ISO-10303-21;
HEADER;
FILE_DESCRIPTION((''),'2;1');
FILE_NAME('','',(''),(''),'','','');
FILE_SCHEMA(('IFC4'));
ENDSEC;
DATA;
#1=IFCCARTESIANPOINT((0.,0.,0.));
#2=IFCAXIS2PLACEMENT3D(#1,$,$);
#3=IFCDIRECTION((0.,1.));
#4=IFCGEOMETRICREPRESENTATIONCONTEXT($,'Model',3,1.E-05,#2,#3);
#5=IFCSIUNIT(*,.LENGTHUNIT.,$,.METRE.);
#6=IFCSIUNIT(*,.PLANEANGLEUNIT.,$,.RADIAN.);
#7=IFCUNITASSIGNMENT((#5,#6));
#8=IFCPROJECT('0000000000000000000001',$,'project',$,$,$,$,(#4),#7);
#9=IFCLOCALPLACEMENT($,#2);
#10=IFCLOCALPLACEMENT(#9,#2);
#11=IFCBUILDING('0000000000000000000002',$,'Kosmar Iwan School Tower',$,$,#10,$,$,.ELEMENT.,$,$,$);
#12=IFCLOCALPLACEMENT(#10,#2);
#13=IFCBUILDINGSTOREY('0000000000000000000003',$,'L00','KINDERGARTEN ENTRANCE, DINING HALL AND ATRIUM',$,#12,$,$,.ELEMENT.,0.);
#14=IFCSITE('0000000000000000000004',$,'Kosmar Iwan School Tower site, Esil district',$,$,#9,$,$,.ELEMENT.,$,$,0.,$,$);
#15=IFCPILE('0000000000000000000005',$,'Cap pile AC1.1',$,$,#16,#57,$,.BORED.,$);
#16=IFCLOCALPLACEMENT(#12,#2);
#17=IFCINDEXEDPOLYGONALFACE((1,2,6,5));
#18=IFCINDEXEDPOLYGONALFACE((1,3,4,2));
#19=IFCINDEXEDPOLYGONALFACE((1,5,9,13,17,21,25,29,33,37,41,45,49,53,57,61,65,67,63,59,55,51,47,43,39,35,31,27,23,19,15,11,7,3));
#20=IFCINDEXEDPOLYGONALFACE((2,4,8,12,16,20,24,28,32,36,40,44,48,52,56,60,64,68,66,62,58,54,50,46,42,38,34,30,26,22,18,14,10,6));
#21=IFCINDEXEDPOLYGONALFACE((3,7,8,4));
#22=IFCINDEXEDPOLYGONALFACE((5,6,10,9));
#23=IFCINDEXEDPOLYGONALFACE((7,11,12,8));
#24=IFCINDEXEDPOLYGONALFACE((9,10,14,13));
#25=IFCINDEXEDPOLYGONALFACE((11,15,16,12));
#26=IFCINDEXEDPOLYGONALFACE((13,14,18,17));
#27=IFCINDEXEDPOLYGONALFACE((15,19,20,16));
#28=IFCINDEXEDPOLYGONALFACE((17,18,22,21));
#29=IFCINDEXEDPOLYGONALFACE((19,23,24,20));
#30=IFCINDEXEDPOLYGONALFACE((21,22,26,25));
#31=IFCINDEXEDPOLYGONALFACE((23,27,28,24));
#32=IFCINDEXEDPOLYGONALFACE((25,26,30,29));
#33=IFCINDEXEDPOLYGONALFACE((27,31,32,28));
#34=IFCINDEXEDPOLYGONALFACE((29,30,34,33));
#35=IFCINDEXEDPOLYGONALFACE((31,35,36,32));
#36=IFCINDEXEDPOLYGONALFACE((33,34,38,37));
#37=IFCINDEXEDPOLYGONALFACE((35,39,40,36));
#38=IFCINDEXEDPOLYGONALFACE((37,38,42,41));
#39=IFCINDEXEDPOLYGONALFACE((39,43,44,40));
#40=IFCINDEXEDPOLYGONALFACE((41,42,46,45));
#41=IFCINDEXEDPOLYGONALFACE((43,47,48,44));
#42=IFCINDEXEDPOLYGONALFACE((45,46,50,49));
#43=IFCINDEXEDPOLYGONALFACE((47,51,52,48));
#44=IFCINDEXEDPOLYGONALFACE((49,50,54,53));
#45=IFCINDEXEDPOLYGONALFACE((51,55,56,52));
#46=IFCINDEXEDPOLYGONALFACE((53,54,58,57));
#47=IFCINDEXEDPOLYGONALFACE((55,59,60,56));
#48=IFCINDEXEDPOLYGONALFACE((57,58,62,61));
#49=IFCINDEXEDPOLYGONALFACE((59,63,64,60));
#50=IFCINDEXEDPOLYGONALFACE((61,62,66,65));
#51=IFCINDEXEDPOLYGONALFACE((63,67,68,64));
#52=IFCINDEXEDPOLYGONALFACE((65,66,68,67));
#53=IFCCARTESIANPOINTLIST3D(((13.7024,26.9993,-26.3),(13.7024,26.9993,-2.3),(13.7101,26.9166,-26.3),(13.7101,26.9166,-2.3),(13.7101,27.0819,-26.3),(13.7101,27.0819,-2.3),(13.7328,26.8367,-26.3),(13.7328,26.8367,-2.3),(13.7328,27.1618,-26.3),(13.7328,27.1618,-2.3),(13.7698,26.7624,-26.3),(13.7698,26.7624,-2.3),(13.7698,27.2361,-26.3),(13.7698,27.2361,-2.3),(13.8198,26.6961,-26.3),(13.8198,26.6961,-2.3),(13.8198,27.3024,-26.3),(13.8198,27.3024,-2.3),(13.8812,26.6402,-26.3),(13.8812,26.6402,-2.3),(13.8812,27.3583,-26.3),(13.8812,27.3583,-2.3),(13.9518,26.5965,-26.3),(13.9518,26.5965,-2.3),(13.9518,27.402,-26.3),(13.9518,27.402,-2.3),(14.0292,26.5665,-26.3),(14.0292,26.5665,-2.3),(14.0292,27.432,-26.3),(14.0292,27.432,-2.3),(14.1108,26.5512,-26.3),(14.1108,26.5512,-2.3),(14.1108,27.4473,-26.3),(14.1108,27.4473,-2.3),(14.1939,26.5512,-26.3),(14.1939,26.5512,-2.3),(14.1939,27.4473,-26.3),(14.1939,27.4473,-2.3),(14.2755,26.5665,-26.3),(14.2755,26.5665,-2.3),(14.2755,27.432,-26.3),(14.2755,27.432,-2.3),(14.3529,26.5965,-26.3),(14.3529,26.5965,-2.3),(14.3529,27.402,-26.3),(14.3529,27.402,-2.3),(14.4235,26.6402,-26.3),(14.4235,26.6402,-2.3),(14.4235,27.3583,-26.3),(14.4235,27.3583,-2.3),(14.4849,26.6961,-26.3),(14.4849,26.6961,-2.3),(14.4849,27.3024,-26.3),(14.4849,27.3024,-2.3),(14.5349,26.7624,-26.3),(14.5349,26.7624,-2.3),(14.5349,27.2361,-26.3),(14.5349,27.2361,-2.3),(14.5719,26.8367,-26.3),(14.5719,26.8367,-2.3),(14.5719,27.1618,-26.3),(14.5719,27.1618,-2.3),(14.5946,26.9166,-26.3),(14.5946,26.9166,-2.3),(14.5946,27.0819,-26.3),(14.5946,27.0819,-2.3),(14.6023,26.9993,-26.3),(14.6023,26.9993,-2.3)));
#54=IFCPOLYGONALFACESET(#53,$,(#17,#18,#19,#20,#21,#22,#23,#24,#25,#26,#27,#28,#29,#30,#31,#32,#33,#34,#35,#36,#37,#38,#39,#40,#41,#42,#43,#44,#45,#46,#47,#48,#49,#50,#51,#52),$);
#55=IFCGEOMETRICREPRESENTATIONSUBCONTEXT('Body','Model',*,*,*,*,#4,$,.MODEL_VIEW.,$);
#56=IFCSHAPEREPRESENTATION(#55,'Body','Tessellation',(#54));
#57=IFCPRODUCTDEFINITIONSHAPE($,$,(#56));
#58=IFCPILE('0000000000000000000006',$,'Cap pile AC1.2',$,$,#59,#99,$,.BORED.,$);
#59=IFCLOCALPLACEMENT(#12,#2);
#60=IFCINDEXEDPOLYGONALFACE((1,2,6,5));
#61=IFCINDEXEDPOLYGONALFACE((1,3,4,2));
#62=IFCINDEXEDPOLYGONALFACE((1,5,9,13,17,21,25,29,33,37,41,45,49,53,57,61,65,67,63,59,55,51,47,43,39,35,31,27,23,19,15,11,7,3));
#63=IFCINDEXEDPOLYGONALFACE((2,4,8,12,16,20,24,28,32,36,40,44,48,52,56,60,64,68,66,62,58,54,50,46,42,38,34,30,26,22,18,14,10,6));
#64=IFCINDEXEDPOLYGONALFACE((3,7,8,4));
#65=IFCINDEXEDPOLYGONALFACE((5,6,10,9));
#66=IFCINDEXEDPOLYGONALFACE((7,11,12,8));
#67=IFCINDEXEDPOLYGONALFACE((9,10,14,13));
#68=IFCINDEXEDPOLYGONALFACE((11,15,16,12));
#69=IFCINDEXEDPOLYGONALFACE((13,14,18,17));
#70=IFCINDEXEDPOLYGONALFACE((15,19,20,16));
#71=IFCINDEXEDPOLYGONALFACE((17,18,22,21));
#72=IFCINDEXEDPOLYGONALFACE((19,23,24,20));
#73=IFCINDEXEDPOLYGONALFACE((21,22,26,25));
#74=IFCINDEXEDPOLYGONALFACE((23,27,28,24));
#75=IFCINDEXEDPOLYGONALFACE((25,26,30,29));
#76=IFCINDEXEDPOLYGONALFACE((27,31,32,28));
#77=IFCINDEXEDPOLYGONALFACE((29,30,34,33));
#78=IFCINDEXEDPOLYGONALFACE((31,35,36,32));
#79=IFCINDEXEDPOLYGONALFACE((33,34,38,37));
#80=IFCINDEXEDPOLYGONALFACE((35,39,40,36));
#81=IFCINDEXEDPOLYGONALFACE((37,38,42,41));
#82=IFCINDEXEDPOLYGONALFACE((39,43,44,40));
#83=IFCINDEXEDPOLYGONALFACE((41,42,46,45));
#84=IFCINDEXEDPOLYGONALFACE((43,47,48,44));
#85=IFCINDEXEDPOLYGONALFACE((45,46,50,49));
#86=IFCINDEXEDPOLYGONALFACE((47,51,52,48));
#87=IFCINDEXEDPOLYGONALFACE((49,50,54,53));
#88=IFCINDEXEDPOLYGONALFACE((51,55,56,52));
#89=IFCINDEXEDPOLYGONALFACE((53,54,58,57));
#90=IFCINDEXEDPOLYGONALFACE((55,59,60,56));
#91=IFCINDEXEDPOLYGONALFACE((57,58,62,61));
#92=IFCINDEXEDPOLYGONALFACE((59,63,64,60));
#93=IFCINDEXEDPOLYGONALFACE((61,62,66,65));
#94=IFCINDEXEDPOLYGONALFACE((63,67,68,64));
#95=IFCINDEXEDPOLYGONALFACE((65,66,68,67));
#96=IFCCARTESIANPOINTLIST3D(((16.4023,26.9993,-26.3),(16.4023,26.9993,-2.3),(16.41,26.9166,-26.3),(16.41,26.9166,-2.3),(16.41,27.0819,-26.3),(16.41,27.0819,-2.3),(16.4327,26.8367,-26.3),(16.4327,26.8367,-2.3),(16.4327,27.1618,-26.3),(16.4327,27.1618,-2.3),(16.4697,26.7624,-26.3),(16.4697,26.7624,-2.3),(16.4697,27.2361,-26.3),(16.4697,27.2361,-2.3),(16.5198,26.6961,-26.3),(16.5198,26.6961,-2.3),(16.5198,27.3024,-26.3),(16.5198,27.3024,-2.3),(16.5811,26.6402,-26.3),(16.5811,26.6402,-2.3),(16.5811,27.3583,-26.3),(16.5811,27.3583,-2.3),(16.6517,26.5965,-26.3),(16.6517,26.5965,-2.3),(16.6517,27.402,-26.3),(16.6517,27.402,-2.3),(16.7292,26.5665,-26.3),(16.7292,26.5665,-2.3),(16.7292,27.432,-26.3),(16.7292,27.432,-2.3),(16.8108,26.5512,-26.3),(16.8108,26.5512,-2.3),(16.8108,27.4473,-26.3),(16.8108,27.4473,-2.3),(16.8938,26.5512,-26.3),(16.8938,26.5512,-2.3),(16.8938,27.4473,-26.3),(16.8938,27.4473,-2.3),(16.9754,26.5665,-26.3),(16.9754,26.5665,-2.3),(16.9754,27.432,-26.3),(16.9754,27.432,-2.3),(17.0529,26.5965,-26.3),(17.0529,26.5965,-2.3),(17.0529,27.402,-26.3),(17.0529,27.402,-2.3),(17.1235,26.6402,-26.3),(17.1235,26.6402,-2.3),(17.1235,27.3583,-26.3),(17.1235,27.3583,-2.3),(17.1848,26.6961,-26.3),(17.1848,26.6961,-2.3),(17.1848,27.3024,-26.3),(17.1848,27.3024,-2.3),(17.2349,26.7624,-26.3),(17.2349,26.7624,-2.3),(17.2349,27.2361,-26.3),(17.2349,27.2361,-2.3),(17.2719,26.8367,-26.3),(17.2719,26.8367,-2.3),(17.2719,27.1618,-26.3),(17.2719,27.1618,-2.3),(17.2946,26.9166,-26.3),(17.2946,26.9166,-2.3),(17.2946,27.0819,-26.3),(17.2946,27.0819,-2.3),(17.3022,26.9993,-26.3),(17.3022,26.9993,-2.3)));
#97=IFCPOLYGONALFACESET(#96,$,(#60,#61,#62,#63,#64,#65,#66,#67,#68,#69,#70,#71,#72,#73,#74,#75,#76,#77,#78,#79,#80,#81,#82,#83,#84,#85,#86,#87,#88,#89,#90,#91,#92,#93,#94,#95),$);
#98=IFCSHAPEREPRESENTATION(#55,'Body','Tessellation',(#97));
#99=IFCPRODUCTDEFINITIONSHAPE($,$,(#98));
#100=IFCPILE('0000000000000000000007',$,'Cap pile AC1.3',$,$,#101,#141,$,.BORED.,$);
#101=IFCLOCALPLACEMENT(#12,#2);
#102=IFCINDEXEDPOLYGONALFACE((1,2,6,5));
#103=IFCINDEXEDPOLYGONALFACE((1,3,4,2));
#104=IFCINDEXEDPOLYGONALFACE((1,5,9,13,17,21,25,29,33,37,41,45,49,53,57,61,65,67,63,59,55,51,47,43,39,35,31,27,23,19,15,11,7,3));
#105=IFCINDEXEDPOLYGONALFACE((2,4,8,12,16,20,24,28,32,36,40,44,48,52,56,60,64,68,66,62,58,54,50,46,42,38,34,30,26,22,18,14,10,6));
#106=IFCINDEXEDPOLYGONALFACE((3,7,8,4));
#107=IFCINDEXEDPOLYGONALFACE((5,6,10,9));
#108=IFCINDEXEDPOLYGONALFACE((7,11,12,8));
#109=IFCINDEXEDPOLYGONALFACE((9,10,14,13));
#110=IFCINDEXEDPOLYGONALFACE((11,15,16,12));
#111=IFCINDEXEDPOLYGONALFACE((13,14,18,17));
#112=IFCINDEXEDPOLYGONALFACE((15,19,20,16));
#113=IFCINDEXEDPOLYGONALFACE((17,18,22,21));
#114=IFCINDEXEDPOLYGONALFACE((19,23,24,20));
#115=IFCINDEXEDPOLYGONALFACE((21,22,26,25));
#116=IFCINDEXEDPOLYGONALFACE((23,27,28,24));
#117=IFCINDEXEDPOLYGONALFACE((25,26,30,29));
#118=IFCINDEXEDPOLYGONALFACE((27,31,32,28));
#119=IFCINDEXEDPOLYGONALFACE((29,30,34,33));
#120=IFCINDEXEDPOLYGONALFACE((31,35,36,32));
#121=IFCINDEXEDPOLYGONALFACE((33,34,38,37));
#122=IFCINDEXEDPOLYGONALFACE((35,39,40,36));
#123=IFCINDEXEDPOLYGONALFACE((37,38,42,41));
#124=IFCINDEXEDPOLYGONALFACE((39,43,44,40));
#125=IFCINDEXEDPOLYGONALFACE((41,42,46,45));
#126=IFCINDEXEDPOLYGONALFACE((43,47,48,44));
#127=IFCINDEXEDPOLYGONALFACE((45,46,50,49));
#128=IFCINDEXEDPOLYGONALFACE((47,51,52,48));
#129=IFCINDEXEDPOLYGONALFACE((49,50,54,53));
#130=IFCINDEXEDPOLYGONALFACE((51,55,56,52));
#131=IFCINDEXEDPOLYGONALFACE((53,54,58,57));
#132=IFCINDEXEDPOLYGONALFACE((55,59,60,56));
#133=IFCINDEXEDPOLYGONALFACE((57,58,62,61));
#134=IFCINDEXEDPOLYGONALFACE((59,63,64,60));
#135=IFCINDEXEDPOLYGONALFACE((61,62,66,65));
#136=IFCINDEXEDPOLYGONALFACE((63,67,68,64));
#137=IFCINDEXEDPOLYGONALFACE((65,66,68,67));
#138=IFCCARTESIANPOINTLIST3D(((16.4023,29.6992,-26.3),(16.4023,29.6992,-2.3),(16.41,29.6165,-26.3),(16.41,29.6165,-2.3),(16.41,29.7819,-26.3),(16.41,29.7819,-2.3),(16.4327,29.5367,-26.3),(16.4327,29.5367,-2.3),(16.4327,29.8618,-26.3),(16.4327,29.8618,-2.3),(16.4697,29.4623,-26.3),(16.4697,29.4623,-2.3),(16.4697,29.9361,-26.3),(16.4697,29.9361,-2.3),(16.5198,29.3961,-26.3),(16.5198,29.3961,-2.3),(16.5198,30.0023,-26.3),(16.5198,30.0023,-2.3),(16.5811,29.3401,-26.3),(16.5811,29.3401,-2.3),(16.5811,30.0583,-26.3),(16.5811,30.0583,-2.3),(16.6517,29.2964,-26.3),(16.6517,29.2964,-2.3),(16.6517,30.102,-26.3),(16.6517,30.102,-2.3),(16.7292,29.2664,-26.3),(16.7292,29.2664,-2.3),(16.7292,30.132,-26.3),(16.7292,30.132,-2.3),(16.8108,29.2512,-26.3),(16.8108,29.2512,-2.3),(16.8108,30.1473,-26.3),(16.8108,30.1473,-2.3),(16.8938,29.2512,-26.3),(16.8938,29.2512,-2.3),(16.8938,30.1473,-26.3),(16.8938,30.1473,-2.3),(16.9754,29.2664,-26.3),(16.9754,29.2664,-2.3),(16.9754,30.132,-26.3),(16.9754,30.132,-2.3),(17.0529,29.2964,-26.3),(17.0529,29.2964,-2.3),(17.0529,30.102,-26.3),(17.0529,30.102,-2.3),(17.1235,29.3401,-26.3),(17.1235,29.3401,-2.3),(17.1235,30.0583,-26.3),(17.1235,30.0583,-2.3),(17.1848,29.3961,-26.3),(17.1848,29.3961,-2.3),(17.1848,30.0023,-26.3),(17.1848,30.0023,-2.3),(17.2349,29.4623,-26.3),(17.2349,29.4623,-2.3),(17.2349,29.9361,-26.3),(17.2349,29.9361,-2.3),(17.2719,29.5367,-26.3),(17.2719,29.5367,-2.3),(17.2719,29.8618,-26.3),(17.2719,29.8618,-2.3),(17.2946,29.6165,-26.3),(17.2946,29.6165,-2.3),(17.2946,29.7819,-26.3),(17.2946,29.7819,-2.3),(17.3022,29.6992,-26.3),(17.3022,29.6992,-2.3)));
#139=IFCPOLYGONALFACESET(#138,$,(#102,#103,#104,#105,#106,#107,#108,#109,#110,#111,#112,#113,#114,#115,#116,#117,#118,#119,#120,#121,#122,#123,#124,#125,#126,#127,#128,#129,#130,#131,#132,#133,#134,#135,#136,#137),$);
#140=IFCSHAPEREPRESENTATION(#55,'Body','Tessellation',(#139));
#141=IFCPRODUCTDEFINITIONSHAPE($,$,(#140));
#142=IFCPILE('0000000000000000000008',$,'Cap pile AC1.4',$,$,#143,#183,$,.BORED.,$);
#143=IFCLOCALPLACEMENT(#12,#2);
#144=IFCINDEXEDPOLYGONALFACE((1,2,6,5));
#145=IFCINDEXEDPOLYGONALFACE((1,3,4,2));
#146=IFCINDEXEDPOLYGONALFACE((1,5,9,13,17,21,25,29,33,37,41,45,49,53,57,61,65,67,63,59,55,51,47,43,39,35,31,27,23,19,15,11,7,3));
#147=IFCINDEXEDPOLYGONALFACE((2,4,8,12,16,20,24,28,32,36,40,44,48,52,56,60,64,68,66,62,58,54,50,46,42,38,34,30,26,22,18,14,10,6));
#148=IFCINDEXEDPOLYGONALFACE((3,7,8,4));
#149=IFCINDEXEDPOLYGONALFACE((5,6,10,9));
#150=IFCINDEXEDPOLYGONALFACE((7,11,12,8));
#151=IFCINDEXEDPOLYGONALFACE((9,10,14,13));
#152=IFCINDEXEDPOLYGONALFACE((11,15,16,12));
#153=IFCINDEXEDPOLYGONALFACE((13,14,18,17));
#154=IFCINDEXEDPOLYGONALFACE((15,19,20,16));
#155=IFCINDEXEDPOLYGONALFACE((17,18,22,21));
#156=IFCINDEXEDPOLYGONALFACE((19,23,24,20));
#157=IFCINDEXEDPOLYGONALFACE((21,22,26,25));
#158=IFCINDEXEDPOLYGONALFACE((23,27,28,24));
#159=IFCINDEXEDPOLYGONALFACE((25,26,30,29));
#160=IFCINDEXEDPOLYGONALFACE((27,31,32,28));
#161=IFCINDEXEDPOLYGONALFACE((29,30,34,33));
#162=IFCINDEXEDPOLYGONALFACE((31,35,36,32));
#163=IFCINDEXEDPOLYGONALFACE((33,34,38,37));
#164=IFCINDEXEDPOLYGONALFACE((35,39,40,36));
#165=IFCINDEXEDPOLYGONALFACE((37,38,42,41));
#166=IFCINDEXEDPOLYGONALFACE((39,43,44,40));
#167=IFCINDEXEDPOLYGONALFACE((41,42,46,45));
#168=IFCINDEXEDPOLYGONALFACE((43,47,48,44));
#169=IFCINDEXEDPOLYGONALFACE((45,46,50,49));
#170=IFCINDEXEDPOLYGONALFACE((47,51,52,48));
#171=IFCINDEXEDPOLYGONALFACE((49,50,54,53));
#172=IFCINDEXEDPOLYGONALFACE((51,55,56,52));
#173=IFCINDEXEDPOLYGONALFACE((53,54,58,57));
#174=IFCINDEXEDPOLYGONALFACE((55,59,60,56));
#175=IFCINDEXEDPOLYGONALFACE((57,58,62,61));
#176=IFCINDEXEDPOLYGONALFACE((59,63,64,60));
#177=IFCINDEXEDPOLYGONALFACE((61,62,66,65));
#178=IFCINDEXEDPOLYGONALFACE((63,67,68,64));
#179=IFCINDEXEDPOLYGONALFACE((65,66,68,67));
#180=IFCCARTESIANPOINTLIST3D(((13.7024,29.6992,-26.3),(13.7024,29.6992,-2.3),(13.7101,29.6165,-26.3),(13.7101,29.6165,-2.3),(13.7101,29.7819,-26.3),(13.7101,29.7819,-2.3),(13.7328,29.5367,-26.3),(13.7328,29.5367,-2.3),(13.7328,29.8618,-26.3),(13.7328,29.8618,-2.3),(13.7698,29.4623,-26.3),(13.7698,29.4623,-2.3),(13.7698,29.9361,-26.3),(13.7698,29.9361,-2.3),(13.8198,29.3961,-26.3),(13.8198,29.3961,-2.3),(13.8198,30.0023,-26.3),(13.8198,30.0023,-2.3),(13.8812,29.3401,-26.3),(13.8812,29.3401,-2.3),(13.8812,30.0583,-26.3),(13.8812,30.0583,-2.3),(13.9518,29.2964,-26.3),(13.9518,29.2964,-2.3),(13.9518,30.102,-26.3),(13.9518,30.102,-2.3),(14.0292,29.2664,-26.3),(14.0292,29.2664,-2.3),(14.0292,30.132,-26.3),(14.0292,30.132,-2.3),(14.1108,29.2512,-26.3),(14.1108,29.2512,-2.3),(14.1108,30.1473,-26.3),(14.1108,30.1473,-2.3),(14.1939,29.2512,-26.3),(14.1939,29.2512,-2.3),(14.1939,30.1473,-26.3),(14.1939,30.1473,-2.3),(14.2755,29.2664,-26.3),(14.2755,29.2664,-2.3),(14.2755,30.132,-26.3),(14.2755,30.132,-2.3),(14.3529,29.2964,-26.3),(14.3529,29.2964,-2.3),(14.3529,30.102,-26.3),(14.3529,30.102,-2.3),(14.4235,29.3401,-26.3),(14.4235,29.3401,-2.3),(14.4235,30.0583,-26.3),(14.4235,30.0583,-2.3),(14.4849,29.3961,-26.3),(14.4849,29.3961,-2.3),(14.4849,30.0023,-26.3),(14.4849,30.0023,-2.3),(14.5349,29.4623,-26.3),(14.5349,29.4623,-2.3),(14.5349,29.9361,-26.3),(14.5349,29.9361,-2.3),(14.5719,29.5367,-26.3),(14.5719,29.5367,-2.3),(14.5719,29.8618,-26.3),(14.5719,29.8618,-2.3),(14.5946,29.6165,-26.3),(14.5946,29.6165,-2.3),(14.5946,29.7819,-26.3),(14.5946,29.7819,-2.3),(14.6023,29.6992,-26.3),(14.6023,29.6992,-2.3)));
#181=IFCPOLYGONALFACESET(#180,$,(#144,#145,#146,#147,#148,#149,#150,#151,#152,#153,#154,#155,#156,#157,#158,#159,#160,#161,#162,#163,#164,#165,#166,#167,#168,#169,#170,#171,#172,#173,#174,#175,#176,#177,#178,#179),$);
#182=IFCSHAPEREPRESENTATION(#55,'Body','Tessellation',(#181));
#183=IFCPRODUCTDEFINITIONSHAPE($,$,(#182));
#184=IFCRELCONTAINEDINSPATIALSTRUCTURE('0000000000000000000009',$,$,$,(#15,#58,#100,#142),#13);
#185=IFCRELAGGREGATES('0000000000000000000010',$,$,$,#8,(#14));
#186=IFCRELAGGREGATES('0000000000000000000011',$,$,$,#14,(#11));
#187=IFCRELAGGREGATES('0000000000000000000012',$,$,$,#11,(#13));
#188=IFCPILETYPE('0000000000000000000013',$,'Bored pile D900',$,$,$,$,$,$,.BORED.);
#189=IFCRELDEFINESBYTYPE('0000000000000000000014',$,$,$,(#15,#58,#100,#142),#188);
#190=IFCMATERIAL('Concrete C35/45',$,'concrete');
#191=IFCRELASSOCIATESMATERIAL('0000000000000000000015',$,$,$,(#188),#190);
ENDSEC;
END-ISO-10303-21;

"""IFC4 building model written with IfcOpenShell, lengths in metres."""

from ifc_helpers import new_model, si_unit, direction, frame, origin, origin_2d, place, context, subcontext, project, spatial, circle, extrude, material, material_profile, profile_set, type_object, element, save


model = new_model("IFC4")

# Units and contexts
model_context = context("Model", 3, precision=1e-05, world=origin(), true_north=direction((0.0, 1.0)))
body_context = subcontext(model_context, "Body", "Model", "MODEL_VIEW")
ifc_project = project(units=[si_unit("LENGTHUNIT", "METRE"), si_unit("PLANEANGLEUNIT", "RADIAN")], contexts=[model_context])

# Site, building, storey
site_placement = place(None, origin())
site = spatial("IfcSite", under=ifc_project, at=site_placement, Name="Kosmar Iwan School Tower site, Esil district", CompositionType="ELEMENT", RefElevation=0.0)
building_placement = place(site_placement, origin())
building = spatial("IfcBuilding", under=site, at=building_placement, Name="Kosmar Iwan School Tower", CompositionType="ELEMENT")
storey_placement = place(building_placement, origin())
storey = spatial("IfcBuildingStorey", under=building, at=storey_placement, Name="L00", Description="KINDERGARTEN ENTRANCE, DINING HALL AND ATRIUM", CompositionType="ELEMENT", Elevation=0.0)

# Piles
ifc_material_1 = material(Name="Concrete C35/45", Category="concrete")
ifc_material_profile_1 = material_profile(ifc_material_1, circle(Radius=0.45, at=origin_2d()), Name="D900")
ifc_profile_set_1 = profile_set([ifc_material_profile_1], Name="Concrete C35/45")
pile_type = type_object("IfcPileType", Name="Bored pile D900", PredefinedType="BORED", material=ifc_profile_set_1)
for number, where, z_axis, x_axis, name in (
    (1, (14.1523, 26.9993, -2.3), (0.0, 0.0, -1.0), (1.0, 0.0, 0.0), "Cap pile AC1.1"),
    (2, (16.8523, 26.9993, -2.3), (0.0, 0.0, -1.0), (1.0, 0.0, 0.0), "Cap pile AC1.2"),
    (3, (16.8523, 29.6992, -2.3), (0.0, 0.0, -1.0), (1.0, 0.0, 0.0), "Cap pile AC1.3"),
    (4, (14.1523, 29.6992, -2.3), (0.0, 0.0, -1.0), (1.0, 0.0, 0.0), "Cap pile AC1.4"),
):
    element("IfcPile", number, at=place(storey_placement, frame(where, z_axis=z_axis, x_axis=x_axis)), inside=storey, type_object=pile_type, Name=name, PredefinedType="BORED", context=body_context, shape_type="SweptSolid", body=[
        extrude(circle(Radius=0.45, at=origin_2d()), origin(), (0.0, 0.0, 1.0), 24.0),
    ])

save(model, "model.ifc")
